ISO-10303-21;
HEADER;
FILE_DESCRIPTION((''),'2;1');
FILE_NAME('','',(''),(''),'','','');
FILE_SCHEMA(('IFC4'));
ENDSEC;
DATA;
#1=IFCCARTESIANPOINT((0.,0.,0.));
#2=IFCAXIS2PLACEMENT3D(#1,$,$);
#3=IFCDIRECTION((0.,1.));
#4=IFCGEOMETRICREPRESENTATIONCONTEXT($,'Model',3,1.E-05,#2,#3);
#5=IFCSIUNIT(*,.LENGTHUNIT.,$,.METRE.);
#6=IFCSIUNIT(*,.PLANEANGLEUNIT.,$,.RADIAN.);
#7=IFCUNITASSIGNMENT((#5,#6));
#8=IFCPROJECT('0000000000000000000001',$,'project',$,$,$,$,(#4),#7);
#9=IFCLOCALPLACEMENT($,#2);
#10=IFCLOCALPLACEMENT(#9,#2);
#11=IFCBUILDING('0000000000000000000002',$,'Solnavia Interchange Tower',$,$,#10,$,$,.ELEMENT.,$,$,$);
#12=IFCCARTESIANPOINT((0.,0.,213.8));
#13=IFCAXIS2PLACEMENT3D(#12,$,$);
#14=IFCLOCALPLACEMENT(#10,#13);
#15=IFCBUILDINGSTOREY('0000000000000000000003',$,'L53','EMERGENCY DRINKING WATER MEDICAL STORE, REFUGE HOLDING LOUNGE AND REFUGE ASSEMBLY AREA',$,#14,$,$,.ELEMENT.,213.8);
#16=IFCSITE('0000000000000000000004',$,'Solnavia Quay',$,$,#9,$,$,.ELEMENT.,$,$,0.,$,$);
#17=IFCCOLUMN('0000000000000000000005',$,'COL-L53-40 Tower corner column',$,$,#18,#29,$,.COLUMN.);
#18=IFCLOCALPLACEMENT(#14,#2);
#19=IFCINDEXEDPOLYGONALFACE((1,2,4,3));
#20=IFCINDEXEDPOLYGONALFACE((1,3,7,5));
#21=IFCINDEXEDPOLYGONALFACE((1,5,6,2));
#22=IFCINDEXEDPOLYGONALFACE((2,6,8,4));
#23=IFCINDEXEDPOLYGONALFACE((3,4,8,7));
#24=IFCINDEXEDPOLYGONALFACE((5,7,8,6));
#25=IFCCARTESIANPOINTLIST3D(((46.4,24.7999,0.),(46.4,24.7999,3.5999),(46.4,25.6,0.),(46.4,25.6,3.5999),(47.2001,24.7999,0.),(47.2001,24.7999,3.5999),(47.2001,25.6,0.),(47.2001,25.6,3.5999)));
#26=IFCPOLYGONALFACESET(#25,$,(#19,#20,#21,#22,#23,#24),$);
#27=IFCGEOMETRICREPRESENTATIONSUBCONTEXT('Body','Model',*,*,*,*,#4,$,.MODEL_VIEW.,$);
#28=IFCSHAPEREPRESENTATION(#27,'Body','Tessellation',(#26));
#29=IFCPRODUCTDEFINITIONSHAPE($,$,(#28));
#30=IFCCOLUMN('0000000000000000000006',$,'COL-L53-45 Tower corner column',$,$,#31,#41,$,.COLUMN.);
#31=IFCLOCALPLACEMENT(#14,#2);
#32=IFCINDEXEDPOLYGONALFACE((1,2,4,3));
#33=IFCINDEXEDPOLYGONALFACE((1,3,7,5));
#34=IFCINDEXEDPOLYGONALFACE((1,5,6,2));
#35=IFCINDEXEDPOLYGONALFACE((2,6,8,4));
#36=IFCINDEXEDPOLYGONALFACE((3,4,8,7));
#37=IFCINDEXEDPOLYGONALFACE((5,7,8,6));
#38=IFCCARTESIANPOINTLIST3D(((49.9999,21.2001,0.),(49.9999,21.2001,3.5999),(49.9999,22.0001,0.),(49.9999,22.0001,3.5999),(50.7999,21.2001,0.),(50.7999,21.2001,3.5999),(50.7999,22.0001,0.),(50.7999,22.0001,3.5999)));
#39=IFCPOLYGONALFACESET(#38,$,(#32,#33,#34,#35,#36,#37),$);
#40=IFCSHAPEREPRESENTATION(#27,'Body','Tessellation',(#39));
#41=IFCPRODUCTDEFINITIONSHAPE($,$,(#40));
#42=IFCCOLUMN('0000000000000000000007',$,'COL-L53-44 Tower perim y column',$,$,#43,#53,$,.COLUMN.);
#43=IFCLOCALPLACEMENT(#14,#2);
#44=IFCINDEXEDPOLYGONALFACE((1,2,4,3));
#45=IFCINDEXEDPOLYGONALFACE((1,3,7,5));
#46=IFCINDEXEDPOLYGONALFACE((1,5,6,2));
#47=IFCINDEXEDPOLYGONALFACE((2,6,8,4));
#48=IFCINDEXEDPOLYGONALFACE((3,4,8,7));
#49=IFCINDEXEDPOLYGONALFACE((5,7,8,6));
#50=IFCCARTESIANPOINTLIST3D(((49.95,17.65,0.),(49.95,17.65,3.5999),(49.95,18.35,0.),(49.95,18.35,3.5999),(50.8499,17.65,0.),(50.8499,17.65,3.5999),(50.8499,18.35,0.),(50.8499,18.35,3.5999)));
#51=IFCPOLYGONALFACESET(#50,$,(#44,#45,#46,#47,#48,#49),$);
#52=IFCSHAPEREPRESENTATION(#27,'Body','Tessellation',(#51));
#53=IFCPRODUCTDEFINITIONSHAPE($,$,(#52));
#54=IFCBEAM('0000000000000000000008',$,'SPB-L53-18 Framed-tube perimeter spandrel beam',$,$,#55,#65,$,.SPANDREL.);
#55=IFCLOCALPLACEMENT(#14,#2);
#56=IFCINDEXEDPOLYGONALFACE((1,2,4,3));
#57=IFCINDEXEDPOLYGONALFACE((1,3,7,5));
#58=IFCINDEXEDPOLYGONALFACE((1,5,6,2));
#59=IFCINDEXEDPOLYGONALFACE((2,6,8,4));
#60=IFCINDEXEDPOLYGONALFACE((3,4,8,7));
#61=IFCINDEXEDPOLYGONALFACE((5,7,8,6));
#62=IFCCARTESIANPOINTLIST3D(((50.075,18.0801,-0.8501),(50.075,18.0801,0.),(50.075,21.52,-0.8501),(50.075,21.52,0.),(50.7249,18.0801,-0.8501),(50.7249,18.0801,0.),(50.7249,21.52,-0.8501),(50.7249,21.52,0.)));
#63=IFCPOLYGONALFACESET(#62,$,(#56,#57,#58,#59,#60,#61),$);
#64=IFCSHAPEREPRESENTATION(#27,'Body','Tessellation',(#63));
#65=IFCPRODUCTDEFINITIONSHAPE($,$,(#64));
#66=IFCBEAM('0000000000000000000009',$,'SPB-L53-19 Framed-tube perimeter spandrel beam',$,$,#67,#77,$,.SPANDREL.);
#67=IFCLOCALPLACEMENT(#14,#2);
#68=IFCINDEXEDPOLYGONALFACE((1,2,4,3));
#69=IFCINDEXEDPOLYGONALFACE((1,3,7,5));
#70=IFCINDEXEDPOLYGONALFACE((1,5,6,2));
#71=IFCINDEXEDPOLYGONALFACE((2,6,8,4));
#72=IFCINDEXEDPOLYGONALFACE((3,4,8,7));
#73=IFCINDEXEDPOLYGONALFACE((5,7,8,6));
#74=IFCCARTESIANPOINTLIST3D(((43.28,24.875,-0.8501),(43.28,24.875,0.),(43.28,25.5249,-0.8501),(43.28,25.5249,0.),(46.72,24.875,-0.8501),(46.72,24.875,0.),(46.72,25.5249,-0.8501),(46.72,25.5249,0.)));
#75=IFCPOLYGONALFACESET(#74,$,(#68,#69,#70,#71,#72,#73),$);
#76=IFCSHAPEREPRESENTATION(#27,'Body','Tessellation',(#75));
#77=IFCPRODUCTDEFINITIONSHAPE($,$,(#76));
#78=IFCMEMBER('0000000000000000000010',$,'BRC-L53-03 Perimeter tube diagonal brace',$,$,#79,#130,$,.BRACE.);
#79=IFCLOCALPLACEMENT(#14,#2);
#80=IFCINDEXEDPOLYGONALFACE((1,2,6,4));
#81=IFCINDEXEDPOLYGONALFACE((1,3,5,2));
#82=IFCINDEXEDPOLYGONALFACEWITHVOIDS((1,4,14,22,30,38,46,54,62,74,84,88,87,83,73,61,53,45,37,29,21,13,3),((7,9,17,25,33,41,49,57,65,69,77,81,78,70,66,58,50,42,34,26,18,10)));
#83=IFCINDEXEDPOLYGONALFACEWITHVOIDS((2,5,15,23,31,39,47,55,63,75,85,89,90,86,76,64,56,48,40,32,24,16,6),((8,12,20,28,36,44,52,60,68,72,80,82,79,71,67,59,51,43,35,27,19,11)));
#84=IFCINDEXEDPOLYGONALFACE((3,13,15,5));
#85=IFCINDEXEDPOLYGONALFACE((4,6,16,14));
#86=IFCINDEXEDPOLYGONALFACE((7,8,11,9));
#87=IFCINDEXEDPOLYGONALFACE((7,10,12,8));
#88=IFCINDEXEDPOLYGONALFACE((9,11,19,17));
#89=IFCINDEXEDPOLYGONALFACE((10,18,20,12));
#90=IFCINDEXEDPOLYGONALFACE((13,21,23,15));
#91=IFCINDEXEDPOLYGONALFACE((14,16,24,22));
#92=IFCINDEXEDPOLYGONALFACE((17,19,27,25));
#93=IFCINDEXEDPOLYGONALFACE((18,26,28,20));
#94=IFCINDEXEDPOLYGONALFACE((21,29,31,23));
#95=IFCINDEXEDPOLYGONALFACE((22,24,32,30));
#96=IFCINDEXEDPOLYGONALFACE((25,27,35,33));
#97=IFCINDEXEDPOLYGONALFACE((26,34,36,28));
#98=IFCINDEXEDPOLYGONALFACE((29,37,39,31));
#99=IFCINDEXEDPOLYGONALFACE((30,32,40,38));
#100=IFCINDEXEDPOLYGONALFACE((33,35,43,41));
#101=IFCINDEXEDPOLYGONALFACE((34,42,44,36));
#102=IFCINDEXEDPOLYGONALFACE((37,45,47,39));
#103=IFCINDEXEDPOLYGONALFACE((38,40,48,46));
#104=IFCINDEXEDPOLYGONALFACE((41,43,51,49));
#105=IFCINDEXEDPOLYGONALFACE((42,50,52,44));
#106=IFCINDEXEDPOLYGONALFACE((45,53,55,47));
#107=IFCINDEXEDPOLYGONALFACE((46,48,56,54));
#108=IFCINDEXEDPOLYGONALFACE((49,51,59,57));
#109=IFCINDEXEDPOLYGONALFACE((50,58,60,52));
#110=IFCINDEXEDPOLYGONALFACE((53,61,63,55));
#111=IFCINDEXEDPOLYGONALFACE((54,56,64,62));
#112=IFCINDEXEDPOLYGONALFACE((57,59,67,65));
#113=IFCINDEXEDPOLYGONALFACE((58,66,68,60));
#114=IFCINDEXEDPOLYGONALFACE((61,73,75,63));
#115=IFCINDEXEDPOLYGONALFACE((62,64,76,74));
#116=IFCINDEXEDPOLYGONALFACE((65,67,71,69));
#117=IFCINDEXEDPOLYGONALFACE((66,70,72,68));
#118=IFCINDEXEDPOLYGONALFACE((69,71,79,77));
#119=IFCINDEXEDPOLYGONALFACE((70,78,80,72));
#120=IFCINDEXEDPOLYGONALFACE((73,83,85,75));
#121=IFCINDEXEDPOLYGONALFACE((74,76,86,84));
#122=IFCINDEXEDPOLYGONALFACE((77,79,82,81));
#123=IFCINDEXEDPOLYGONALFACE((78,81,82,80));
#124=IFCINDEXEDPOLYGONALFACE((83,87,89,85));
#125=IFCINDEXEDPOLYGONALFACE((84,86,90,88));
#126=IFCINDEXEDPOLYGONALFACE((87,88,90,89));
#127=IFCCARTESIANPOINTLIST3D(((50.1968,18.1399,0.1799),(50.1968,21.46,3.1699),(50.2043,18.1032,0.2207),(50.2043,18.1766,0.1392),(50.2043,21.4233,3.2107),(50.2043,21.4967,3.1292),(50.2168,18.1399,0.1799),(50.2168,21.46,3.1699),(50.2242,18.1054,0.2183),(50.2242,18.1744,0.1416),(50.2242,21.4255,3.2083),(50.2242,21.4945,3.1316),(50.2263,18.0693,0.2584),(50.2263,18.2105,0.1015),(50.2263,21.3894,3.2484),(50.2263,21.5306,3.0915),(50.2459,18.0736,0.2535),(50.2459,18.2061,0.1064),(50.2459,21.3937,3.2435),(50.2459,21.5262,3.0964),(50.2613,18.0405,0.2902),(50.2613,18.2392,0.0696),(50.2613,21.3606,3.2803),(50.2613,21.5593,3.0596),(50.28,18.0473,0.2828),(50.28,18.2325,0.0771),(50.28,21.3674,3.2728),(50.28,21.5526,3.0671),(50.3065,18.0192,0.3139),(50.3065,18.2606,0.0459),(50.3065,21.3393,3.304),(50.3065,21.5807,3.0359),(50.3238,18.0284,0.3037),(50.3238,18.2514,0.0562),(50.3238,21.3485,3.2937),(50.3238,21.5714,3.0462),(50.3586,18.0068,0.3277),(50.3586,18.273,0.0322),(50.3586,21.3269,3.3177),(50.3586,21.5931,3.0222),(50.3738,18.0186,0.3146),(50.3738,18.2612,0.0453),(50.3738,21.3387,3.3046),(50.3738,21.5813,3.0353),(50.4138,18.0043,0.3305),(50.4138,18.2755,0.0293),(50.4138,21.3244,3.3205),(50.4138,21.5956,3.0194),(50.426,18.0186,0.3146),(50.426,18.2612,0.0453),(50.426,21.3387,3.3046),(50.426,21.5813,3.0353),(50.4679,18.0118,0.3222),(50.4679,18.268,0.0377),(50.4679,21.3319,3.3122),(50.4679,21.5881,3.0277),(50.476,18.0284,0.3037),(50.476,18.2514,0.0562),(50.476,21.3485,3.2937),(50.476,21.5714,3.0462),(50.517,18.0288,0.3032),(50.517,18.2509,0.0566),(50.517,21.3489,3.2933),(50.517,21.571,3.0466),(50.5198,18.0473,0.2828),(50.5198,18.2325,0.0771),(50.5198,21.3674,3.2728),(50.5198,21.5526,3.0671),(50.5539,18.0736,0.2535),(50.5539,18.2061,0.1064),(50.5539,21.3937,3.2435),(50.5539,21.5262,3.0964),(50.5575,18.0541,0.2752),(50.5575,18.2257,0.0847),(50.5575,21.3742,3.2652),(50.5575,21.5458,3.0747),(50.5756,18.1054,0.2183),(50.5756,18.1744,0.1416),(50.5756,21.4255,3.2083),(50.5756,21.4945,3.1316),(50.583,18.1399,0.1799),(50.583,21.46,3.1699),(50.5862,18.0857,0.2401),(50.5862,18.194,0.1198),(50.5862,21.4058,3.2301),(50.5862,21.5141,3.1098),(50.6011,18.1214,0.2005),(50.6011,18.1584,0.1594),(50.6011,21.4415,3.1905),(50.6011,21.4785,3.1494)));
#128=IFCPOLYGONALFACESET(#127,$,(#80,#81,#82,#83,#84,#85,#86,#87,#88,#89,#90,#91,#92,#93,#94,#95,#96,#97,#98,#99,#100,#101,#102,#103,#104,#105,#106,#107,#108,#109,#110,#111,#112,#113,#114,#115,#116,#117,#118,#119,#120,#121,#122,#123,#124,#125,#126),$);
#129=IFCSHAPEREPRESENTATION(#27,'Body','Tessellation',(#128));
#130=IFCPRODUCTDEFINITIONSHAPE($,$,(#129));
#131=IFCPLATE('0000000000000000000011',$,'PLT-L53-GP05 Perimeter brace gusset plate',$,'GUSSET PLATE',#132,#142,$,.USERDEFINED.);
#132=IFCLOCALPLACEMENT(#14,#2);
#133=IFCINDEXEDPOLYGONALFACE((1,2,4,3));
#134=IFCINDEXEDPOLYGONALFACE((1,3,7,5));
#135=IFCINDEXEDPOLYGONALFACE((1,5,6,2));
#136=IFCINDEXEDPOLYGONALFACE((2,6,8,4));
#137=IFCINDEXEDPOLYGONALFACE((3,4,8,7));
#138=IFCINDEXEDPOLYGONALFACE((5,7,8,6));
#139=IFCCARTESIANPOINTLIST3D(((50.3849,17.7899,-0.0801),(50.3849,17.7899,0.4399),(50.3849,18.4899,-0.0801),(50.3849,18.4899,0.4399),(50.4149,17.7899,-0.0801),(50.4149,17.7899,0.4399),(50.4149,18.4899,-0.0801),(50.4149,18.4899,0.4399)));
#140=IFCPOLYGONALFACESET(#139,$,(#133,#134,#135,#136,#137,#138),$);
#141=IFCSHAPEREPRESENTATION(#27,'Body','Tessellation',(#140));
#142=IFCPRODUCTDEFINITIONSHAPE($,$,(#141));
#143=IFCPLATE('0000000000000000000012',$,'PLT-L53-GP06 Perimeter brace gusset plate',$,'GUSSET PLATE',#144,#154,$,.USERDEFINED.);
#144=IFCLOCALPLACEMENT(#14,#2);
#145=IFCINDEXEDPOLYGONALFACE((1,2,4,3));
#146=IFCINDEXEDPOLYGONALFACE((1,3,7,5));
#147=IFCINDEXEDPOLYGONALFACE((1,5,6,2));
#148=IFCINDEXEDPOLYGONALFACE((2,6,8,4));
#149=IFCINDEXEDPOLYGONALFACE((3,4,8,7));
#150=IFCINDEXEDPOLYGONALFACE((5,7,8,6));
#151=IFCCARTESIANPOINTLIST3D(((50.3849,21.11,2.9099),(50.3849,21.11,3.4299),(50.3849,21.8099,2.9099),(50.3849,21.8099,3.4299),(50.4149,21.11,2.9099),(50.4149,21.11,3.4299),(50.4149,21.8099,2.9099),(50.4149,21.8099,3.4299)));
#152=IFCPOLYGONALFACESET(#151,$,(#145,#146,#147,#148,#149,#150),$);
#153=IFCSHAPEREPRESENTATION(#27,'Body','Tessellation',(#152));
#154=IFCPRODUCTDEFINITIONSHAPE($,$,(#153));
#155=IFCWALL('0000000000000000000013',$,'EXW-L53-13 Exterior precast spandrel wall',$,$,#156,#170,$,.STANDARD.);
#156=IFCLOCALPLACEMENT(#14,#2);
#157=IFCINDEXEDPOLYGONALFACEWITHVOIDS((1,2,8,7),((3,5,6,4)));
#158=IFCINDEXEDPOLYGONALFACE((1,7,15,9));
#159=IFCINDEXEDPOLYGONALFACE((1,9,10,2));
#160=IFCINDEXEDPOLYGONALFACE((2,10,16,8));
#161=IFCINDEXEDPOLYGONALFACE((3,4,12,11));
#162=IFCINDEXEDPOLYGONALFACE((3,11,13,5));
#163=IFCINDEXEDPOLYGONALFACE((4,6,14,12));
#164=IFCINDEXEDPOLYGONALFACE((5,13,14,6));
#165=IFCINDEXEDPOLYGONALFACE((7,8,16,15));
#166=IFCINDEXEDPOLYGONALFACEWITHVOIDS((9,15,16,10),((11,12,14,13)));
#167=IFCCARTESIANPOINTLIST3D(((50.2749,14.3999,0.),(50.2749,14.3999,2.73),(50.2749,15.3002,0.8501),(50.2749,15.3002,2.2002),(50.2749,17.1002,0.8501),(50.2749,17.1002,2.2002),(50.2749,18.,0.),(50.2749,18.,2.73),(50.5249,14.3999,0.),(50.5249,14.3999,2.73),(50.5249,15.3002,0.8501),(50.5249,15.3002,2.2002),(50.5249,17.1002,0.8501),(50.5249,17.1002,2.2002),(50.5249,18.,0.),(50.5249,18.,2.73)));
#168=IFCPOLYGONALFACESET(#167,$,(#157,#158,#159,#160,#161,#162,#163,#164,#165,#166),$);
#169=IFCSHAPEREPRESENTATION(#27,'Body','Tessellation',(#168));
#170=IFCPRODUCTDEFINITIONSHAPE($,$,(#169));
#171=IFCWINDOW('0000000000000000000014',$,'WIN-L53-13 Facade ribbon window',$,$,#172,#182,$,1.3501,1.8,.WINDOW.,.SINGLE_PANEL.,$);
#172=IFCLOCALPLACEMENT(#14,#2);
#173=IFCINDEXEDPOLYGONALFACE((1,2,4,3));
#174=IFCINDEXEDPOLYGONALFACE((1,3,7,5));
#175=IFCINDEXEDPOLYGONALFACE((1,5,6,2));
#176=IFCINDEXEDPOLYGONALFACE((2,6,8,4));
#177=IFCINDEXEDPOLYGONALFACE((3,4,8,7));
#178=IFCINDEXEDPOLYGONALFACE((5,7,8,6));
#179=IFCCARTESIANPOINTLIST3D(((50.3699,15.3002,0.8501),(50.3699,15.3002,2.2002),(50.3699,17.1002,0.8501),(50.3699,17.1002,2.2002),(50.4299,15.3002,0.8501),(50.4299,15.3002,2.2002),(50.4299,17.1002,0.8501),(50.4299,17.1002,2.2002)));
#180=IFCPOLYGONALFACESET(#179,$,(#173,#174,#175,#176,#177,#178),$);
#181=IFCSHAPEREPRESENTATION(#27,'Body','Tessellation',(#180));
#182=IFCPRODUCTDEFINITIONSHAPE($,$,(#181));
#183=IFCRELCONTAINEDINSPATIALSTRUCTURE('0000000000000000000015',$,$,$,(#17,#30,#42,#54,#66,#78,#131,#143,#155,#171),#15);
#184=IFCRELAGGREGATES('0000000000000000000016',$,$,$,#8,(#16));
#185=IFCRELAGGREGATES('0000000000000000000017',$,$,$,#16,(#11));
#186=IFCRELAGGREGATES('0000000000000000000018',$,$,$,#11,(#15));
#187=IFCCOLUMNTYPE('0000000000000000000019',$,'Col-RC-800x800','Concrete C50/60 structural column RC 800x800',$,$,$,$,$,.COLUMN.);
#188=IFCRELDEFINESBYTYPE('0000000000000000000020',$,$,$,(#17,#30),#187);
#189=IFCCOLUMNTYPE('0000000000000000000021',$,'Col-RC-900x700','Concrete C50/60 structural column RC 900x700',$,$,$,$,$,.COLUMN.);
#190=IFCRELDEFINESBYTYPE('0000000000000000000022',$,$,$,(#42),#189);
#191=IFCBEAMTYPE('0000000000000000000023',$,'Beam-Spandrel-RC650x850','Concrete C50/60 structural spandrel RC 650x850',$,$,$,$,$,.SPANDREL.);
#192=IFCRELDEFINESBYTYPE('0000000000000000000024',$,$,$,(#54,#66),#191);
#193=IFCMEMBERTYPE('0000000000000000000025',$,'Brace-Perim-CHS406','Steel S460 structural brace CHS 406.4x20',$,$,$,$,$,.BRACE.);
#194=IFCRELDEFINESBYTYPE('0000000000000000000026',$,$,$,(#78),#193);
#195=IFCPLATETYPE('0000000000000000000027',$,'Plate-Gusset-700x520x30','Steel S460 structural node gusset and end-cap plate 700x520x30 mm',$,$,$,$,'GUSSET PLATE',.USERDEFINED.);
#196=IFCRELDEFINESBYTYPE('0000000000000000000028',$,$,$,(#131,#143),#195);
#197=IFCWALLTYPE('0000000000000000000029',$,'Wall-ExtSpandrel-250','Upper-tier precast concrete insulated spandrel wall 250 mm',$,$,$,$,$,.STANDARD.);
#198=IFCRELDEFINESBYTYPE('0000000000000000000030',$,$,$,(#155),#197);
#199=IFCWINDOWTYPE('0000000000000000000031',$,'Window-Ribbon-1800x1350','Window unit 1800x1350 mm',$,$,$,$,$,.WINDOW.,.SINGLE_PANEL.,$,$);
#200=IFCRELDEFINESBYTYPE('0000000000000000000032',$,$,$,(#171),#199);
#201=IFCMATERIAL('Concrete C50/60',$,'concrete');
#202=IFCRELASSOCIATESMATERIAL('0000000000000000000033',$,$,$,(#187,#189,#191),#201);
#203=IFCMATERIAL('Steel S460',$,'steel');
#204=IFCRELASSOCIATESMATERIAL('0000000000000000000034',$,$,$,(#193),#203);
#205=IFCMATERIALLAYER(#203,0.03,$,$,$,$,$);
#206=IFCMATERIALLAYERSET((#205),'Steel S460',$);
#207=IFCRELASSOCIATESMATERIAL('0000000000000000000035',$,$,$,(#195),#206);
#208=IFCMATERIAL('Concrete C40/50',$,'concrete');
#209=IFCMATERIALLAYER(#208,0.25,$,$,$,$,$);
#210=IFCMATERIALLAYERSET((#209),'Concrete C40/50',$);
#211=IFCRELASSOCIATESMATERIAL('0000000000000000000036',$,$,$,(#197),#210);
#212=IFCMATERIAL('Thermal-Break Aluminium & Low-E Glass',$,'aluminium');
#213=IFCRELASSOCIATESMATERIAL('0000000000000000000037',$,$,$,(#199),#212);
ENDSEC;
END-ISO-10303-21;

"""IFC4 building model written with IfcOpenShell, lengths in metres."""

from ifc_helpers import new_model, si_unit, direction, frame, frame_2d, origin, origin_2d, place, context, subcontext, project, spatial, rectangle, hollow_circle, extrude, material, layer, layer_set, material_profile, profile_set, type_object, element, fill, save


model = new_model("IFC4")

# Units and contexts
model_context = context("Model", 3, precision=1e-05, world=origin(), true_north=direction((0.0, 1.0)))
body_context = subcontext(model_context, "Body", "Model", "MODEL_VIEW")
ifc_project = project(units=[si_unit("LENGTHUNIT", "METRE"), si_unit("PLANEANGLEUNIT", "RADIAN")], contexts=[model_context])

# Site, building, storey
site_placement = place(None, origin())
site = spatial("IfcSite", under=ifc_project, at=site_placement, Name="Solnavia Quay", CompositionType="ELEMENT", RefElevation=0.0)
building_placement = place(site_placement, origin())
building = spatial("IfcBuilding", under=site, at=building_placement, Name="Solnavia Interchange Tower", CompositionType="ELEMENT")
storey_placement = place(building_placement, frame((0.0, 0.0, 213.8)))
storey = spatial("IfcBuildingStorey", under=building, at=storey_placement, Name="L53", Description="EMERGENCY DRINKING WATER MEDICAL STORE, REFUGE HOLDING LOUNGE AND REFUGE ASSEMBLY AREA", CompositionType="ELEMENT", Elevation=213.8)

# Columns
ifc_material_1 = material(Name="Concrete C50/60", Category="concrete")
ifc_material_profile_1 = material_profile(ifc_material_1, rectangle(XDim=0.8, YDim=0.8, at=origin_2d()), Name="RC 800x800")
ifc_profile_set_1 = profile_set([ifc_material_profile_1], Name="Concrete C50/60")
column_type_1 = type_object("IfcColumnType", Name="Col-RC-800x800", Description="Concrete C50/60 structural column RC 800x800", PredefinedType="COLUMN", material=ifc_profile_set_1)
for number, where, z_axis, x_axis, name in (
    (1, (46.8, 25.2, 0.0), (0.0, 0.0, 1.0), (1.0, 0.0, 0.0), "COL-L53-40 Tower corner column"),
    (2, (50.3999, 21.6001, 0.0), (0.0, 0.0, 1.0), (0.0, 1.0, 0.0), "COL-L53-45 Tower corner column"),
):
    element("IfcColumn", number, at=place(storey_placement, frame(where, z_axis=z_axis, x_axis=x_axis)), inside=storey, type_object=column_type_1, Name=name, PredefinedType="COLUMN", context=body_context, shape_type="SweptSolid", body=[
        extrude(rectangle(XDim=0.8, YDim=0.8, at=origin_2d()), origin(), (0.0, 0.0, 1.0), 3.5999),
    ])
ifc_material_profile_2 = material_profile(ifc_material_1, rectangle(XDim=0.7, YDim=0.8999, at=origin_2d()), Name="RC 900x700")
ifc_profile_set_2 = profile_set([ifc_material_profile_2], Name="Concrete C50/60")
column_type_2 = type_object("IfcColumnType", Name="Col-RC-900x700", Description="Concrete C50/60 structural column RC 900x700", PredefinedType="COLUMN", material=ifc_profile_set_2)
column_placement = place(storey_placement, frame((50.3999, 18.0, 0.0), z_axis=(0.0, 0.0, 1.0), x_axis=(0.0, 1.0, 0.0)))
element("IfcColumn", 3, at=column_placement, inside=storey, type_object=column_type_2, Name="COL-L53-44 Tower perim y column", PredefinedType="COLUMN", context=body_context, shape_type="SweptSolid", body=[
    extrude(rectangle(XDim=0.7, YDim=0.8999, at=origin_2d()), origin(), (0.0, 0.0, 1.0), 3.5999),
])

# Beams
ifc_material_profile_3 = material_profile(ifc_material_1, rectangle(XDim=0.6499, YDim=0.8501, at=origin_2d()), Name="RC 650x850")
ifc_profile_set_3 = profile_set([ifc_material_profile_3], Name="Concrete C50/60")
beam_type = type_object("IfcBeamType", Name="Beam-Spandrel-RC650x850", Description="Concrete C50/60 structural spandrel RC 650x850", PredefinedType="SPANDREL", material=ifc_profile_set_3)
for number, where, z_axis, x_axis, name in (
    (4, (50.3999, 18.0801, -0.425), (0.0, 1.0, 0.0), (-1.0, 0.0, 0.0), "SPB-L53-18 Framed-tube perimeter spandrel beam"),
    (5, (46.72, 25.2, -0.425), (-1.0, 0.0, 0.0), (0.0, -1.0, 0.0), "SPB-L53-19 Framed-tube perimeter spandrel beam"),
):
    element("IfcBeam", number, at=place(storey_placement, frame(where, z_axis=z_axis, x_axis=x_axis)), inside=storey, type_object=beam_type, Name=name, PredefinedType="SPANDREL", context=body_context, shape_type="SweptSolid", body=[
        extrude(rectangle(XDim=0.6499, YDim=0.8501, at=origin_2d()), origin(), (0.0, 0.0, 1.0), 3.4399),
    ])

# Member
ifc_material_2 = material(Name="Steel S460", Category="steel")
ifc_material_profile_4 = material_profile(ifc_material_2, hollow_circle(Radius=0.2031, WallThickness=0.02, at=origin_2d()), Name="CHS 406.4x20")
ifc_profile_set_4 = profile_set([ifc_material_profile_4], Name="Steel S460")
member_type = type_object("IfcMemberType", Name="Brace-Perim-CHS406", Description="Steel S460 structural brace CHS 406.4x20", PredefinedType="BRACE", material=ifc_profile_set_4)
member_placement = place(storey_placement, frame((50.3999, 18.1399, 0.1799), z_axis=(0.0, 0.743079, 0.669203), x_axis=(-1.0, 0.0, 0.0)))
element("IfcMember", 6, at=member_placement, inside=storey, type_object=member_type, Name="BRC-L53-03 Perimeter tube diagonal brace", PredefinedType="BRACE", context=body_context, shape_type="SweptSolid", body=[
    extrude(hollow_circle(Radius=0.2031, WallThickness=0.02, at=origin_2d()), origin(), (0.0, 0.0, 1.0), 4.468),
])

# Plates
ifc_layer_1 = layer(ifc_material_2, 0.03)
ifc_layer_set_1 = layer_set([ifc_layer_1], Name="Steel S460")
plate_type = type_object("IfcPlateType", Name="Plate-Gusset-700x520x30", Description="Steel S460 structural node gusset and end-cap plate 700x520x30 mm", ElementType="GUSSET PLATE", PredefinedType="USERDEFINED", material=ifc_layer_set_1)
for number, where, z_axis, x_axis, name in (
    (7, (50.3999, 18.1399, -0.0801), (0.0, 0.0, 1.0), (0.0, 1.0, 0.0), "PLT-L53-GP05 Perimeter brace gusset plate"),
    (8, (50.3999, 21.46, 2.9099), (0.0, 0.0, 1.0), (0.0, 1.0, 0.0), "PLT-L53-GP06 Perimeter brace gusset plate"),
):
    element("IfcPlate", number, at=place(storey_placement, frame(where, z_axis=z_axis, x_axis=x_axis)), inside=storey, type_object=plate_type, Name=name, ObjectType="GUSSET PLATE", PredefinedType="USERDEFINED", context=body_context, shape_type="SweptSolid", body=[
        extrude(rectangle(XDim=0.7, YDim=0.03, at=origin_2d()), origin(), (0.0, 0.0, 1.0), 0.52),
    ])

# Wall, opening, window
ifc_material_3 = material(Name="Concrete C40/50", Category="concrete")
ifc_layer_2 = layer(ifc_material_3, 0.25)
ifc_layer_set_2 = layer_set([ifc_layer_2], Name="Concrete C40/50")
wall_type = type_object("IfcWallType", Name="Wall-ExtSpandrel-250", Description="Upper-tier precast concrete insulated spandrel wall 250 mm", PredefinedType="STANDARD", material=ifc_layer_set_2)
wall_1_placement = place(storey_placement, frame((50.3999, 18.0, 0.0), z_axis=(0.0, 0.0, 1.0), x_axis=(0.0, -1.0, 0.0)))
wall_1 = element("IfcWall", 9, at=wall_1_placement, inside=storey, type_object=wall_type, Name="EXW-L53-13 Exterior precast spandrel wall", PredefinedType="STANDARD", context=body_context, shape_type="SweptSolid", body=[
    extrude(rectangle(XDim=3.6001, YDim=0.25, at=frame_2d((1.8, 0.0))), origin(), (0.0, 0.0, 1.0), 2.73),
])
opening_placement = place(wall_1_placement, frame((0.8999, 0.0, 0.8501)))
opening = element("IfcOpeningElement", 10, at=opening_placement, cuts=wall_1, PredefinedType="OPENING", context=body_context, shape_type="SweptSolid", body=[
    extrude(rectangle(XDim=1.8, YDim=1.3501, at=frame_2d((0.8999, 0.675))), frame((0.0, 0.135, 0.0), z_axis=(0.0, -1.0, 0.0), x_axis=(1.0, 0.0, 0.0)), (0.0, 0.0, 1.0), 0.27),
])
ifc_material_4 = material(Name="Thermal-Break Aluminium & Low-E Glass", Category="aluminium")
window_type = type_object("IfcWindowType", Name="Window-Ribbon-1800x1350", Description="Window unit 1800x1350 mm", PartitioningType="SINGLE_PANEL", PredefinedType="WINDOW", material=ifc_material_4)
window_placement = place(opening_placement, origin())
window = element("IfcWindow", 11, at=window_placement, inside=storey, type_object=window_type, Name="WIN-L53-13 Facade ribbon window", OverallHeight=1.3501, OverallWidth=1.8, PartitioningType="SINGLE_PANEL", PredefinedType="WINDOW", context=body_context, shape_type="SweptSolid", body=[
    extrude(rectangle(XDim=1.8, YDim=1.3501, at=frame_2d((0.8999, 0.675))), frame((0.0, 0.03, 0.0), z_axis=(0.0, -1.0, 0.0), x_axis=(1.0, 0.0, 0.0)), (0.0, 0.0, 1.0), 0.0601),
])
fill(opening, window)

save(model, "model.ifc")
